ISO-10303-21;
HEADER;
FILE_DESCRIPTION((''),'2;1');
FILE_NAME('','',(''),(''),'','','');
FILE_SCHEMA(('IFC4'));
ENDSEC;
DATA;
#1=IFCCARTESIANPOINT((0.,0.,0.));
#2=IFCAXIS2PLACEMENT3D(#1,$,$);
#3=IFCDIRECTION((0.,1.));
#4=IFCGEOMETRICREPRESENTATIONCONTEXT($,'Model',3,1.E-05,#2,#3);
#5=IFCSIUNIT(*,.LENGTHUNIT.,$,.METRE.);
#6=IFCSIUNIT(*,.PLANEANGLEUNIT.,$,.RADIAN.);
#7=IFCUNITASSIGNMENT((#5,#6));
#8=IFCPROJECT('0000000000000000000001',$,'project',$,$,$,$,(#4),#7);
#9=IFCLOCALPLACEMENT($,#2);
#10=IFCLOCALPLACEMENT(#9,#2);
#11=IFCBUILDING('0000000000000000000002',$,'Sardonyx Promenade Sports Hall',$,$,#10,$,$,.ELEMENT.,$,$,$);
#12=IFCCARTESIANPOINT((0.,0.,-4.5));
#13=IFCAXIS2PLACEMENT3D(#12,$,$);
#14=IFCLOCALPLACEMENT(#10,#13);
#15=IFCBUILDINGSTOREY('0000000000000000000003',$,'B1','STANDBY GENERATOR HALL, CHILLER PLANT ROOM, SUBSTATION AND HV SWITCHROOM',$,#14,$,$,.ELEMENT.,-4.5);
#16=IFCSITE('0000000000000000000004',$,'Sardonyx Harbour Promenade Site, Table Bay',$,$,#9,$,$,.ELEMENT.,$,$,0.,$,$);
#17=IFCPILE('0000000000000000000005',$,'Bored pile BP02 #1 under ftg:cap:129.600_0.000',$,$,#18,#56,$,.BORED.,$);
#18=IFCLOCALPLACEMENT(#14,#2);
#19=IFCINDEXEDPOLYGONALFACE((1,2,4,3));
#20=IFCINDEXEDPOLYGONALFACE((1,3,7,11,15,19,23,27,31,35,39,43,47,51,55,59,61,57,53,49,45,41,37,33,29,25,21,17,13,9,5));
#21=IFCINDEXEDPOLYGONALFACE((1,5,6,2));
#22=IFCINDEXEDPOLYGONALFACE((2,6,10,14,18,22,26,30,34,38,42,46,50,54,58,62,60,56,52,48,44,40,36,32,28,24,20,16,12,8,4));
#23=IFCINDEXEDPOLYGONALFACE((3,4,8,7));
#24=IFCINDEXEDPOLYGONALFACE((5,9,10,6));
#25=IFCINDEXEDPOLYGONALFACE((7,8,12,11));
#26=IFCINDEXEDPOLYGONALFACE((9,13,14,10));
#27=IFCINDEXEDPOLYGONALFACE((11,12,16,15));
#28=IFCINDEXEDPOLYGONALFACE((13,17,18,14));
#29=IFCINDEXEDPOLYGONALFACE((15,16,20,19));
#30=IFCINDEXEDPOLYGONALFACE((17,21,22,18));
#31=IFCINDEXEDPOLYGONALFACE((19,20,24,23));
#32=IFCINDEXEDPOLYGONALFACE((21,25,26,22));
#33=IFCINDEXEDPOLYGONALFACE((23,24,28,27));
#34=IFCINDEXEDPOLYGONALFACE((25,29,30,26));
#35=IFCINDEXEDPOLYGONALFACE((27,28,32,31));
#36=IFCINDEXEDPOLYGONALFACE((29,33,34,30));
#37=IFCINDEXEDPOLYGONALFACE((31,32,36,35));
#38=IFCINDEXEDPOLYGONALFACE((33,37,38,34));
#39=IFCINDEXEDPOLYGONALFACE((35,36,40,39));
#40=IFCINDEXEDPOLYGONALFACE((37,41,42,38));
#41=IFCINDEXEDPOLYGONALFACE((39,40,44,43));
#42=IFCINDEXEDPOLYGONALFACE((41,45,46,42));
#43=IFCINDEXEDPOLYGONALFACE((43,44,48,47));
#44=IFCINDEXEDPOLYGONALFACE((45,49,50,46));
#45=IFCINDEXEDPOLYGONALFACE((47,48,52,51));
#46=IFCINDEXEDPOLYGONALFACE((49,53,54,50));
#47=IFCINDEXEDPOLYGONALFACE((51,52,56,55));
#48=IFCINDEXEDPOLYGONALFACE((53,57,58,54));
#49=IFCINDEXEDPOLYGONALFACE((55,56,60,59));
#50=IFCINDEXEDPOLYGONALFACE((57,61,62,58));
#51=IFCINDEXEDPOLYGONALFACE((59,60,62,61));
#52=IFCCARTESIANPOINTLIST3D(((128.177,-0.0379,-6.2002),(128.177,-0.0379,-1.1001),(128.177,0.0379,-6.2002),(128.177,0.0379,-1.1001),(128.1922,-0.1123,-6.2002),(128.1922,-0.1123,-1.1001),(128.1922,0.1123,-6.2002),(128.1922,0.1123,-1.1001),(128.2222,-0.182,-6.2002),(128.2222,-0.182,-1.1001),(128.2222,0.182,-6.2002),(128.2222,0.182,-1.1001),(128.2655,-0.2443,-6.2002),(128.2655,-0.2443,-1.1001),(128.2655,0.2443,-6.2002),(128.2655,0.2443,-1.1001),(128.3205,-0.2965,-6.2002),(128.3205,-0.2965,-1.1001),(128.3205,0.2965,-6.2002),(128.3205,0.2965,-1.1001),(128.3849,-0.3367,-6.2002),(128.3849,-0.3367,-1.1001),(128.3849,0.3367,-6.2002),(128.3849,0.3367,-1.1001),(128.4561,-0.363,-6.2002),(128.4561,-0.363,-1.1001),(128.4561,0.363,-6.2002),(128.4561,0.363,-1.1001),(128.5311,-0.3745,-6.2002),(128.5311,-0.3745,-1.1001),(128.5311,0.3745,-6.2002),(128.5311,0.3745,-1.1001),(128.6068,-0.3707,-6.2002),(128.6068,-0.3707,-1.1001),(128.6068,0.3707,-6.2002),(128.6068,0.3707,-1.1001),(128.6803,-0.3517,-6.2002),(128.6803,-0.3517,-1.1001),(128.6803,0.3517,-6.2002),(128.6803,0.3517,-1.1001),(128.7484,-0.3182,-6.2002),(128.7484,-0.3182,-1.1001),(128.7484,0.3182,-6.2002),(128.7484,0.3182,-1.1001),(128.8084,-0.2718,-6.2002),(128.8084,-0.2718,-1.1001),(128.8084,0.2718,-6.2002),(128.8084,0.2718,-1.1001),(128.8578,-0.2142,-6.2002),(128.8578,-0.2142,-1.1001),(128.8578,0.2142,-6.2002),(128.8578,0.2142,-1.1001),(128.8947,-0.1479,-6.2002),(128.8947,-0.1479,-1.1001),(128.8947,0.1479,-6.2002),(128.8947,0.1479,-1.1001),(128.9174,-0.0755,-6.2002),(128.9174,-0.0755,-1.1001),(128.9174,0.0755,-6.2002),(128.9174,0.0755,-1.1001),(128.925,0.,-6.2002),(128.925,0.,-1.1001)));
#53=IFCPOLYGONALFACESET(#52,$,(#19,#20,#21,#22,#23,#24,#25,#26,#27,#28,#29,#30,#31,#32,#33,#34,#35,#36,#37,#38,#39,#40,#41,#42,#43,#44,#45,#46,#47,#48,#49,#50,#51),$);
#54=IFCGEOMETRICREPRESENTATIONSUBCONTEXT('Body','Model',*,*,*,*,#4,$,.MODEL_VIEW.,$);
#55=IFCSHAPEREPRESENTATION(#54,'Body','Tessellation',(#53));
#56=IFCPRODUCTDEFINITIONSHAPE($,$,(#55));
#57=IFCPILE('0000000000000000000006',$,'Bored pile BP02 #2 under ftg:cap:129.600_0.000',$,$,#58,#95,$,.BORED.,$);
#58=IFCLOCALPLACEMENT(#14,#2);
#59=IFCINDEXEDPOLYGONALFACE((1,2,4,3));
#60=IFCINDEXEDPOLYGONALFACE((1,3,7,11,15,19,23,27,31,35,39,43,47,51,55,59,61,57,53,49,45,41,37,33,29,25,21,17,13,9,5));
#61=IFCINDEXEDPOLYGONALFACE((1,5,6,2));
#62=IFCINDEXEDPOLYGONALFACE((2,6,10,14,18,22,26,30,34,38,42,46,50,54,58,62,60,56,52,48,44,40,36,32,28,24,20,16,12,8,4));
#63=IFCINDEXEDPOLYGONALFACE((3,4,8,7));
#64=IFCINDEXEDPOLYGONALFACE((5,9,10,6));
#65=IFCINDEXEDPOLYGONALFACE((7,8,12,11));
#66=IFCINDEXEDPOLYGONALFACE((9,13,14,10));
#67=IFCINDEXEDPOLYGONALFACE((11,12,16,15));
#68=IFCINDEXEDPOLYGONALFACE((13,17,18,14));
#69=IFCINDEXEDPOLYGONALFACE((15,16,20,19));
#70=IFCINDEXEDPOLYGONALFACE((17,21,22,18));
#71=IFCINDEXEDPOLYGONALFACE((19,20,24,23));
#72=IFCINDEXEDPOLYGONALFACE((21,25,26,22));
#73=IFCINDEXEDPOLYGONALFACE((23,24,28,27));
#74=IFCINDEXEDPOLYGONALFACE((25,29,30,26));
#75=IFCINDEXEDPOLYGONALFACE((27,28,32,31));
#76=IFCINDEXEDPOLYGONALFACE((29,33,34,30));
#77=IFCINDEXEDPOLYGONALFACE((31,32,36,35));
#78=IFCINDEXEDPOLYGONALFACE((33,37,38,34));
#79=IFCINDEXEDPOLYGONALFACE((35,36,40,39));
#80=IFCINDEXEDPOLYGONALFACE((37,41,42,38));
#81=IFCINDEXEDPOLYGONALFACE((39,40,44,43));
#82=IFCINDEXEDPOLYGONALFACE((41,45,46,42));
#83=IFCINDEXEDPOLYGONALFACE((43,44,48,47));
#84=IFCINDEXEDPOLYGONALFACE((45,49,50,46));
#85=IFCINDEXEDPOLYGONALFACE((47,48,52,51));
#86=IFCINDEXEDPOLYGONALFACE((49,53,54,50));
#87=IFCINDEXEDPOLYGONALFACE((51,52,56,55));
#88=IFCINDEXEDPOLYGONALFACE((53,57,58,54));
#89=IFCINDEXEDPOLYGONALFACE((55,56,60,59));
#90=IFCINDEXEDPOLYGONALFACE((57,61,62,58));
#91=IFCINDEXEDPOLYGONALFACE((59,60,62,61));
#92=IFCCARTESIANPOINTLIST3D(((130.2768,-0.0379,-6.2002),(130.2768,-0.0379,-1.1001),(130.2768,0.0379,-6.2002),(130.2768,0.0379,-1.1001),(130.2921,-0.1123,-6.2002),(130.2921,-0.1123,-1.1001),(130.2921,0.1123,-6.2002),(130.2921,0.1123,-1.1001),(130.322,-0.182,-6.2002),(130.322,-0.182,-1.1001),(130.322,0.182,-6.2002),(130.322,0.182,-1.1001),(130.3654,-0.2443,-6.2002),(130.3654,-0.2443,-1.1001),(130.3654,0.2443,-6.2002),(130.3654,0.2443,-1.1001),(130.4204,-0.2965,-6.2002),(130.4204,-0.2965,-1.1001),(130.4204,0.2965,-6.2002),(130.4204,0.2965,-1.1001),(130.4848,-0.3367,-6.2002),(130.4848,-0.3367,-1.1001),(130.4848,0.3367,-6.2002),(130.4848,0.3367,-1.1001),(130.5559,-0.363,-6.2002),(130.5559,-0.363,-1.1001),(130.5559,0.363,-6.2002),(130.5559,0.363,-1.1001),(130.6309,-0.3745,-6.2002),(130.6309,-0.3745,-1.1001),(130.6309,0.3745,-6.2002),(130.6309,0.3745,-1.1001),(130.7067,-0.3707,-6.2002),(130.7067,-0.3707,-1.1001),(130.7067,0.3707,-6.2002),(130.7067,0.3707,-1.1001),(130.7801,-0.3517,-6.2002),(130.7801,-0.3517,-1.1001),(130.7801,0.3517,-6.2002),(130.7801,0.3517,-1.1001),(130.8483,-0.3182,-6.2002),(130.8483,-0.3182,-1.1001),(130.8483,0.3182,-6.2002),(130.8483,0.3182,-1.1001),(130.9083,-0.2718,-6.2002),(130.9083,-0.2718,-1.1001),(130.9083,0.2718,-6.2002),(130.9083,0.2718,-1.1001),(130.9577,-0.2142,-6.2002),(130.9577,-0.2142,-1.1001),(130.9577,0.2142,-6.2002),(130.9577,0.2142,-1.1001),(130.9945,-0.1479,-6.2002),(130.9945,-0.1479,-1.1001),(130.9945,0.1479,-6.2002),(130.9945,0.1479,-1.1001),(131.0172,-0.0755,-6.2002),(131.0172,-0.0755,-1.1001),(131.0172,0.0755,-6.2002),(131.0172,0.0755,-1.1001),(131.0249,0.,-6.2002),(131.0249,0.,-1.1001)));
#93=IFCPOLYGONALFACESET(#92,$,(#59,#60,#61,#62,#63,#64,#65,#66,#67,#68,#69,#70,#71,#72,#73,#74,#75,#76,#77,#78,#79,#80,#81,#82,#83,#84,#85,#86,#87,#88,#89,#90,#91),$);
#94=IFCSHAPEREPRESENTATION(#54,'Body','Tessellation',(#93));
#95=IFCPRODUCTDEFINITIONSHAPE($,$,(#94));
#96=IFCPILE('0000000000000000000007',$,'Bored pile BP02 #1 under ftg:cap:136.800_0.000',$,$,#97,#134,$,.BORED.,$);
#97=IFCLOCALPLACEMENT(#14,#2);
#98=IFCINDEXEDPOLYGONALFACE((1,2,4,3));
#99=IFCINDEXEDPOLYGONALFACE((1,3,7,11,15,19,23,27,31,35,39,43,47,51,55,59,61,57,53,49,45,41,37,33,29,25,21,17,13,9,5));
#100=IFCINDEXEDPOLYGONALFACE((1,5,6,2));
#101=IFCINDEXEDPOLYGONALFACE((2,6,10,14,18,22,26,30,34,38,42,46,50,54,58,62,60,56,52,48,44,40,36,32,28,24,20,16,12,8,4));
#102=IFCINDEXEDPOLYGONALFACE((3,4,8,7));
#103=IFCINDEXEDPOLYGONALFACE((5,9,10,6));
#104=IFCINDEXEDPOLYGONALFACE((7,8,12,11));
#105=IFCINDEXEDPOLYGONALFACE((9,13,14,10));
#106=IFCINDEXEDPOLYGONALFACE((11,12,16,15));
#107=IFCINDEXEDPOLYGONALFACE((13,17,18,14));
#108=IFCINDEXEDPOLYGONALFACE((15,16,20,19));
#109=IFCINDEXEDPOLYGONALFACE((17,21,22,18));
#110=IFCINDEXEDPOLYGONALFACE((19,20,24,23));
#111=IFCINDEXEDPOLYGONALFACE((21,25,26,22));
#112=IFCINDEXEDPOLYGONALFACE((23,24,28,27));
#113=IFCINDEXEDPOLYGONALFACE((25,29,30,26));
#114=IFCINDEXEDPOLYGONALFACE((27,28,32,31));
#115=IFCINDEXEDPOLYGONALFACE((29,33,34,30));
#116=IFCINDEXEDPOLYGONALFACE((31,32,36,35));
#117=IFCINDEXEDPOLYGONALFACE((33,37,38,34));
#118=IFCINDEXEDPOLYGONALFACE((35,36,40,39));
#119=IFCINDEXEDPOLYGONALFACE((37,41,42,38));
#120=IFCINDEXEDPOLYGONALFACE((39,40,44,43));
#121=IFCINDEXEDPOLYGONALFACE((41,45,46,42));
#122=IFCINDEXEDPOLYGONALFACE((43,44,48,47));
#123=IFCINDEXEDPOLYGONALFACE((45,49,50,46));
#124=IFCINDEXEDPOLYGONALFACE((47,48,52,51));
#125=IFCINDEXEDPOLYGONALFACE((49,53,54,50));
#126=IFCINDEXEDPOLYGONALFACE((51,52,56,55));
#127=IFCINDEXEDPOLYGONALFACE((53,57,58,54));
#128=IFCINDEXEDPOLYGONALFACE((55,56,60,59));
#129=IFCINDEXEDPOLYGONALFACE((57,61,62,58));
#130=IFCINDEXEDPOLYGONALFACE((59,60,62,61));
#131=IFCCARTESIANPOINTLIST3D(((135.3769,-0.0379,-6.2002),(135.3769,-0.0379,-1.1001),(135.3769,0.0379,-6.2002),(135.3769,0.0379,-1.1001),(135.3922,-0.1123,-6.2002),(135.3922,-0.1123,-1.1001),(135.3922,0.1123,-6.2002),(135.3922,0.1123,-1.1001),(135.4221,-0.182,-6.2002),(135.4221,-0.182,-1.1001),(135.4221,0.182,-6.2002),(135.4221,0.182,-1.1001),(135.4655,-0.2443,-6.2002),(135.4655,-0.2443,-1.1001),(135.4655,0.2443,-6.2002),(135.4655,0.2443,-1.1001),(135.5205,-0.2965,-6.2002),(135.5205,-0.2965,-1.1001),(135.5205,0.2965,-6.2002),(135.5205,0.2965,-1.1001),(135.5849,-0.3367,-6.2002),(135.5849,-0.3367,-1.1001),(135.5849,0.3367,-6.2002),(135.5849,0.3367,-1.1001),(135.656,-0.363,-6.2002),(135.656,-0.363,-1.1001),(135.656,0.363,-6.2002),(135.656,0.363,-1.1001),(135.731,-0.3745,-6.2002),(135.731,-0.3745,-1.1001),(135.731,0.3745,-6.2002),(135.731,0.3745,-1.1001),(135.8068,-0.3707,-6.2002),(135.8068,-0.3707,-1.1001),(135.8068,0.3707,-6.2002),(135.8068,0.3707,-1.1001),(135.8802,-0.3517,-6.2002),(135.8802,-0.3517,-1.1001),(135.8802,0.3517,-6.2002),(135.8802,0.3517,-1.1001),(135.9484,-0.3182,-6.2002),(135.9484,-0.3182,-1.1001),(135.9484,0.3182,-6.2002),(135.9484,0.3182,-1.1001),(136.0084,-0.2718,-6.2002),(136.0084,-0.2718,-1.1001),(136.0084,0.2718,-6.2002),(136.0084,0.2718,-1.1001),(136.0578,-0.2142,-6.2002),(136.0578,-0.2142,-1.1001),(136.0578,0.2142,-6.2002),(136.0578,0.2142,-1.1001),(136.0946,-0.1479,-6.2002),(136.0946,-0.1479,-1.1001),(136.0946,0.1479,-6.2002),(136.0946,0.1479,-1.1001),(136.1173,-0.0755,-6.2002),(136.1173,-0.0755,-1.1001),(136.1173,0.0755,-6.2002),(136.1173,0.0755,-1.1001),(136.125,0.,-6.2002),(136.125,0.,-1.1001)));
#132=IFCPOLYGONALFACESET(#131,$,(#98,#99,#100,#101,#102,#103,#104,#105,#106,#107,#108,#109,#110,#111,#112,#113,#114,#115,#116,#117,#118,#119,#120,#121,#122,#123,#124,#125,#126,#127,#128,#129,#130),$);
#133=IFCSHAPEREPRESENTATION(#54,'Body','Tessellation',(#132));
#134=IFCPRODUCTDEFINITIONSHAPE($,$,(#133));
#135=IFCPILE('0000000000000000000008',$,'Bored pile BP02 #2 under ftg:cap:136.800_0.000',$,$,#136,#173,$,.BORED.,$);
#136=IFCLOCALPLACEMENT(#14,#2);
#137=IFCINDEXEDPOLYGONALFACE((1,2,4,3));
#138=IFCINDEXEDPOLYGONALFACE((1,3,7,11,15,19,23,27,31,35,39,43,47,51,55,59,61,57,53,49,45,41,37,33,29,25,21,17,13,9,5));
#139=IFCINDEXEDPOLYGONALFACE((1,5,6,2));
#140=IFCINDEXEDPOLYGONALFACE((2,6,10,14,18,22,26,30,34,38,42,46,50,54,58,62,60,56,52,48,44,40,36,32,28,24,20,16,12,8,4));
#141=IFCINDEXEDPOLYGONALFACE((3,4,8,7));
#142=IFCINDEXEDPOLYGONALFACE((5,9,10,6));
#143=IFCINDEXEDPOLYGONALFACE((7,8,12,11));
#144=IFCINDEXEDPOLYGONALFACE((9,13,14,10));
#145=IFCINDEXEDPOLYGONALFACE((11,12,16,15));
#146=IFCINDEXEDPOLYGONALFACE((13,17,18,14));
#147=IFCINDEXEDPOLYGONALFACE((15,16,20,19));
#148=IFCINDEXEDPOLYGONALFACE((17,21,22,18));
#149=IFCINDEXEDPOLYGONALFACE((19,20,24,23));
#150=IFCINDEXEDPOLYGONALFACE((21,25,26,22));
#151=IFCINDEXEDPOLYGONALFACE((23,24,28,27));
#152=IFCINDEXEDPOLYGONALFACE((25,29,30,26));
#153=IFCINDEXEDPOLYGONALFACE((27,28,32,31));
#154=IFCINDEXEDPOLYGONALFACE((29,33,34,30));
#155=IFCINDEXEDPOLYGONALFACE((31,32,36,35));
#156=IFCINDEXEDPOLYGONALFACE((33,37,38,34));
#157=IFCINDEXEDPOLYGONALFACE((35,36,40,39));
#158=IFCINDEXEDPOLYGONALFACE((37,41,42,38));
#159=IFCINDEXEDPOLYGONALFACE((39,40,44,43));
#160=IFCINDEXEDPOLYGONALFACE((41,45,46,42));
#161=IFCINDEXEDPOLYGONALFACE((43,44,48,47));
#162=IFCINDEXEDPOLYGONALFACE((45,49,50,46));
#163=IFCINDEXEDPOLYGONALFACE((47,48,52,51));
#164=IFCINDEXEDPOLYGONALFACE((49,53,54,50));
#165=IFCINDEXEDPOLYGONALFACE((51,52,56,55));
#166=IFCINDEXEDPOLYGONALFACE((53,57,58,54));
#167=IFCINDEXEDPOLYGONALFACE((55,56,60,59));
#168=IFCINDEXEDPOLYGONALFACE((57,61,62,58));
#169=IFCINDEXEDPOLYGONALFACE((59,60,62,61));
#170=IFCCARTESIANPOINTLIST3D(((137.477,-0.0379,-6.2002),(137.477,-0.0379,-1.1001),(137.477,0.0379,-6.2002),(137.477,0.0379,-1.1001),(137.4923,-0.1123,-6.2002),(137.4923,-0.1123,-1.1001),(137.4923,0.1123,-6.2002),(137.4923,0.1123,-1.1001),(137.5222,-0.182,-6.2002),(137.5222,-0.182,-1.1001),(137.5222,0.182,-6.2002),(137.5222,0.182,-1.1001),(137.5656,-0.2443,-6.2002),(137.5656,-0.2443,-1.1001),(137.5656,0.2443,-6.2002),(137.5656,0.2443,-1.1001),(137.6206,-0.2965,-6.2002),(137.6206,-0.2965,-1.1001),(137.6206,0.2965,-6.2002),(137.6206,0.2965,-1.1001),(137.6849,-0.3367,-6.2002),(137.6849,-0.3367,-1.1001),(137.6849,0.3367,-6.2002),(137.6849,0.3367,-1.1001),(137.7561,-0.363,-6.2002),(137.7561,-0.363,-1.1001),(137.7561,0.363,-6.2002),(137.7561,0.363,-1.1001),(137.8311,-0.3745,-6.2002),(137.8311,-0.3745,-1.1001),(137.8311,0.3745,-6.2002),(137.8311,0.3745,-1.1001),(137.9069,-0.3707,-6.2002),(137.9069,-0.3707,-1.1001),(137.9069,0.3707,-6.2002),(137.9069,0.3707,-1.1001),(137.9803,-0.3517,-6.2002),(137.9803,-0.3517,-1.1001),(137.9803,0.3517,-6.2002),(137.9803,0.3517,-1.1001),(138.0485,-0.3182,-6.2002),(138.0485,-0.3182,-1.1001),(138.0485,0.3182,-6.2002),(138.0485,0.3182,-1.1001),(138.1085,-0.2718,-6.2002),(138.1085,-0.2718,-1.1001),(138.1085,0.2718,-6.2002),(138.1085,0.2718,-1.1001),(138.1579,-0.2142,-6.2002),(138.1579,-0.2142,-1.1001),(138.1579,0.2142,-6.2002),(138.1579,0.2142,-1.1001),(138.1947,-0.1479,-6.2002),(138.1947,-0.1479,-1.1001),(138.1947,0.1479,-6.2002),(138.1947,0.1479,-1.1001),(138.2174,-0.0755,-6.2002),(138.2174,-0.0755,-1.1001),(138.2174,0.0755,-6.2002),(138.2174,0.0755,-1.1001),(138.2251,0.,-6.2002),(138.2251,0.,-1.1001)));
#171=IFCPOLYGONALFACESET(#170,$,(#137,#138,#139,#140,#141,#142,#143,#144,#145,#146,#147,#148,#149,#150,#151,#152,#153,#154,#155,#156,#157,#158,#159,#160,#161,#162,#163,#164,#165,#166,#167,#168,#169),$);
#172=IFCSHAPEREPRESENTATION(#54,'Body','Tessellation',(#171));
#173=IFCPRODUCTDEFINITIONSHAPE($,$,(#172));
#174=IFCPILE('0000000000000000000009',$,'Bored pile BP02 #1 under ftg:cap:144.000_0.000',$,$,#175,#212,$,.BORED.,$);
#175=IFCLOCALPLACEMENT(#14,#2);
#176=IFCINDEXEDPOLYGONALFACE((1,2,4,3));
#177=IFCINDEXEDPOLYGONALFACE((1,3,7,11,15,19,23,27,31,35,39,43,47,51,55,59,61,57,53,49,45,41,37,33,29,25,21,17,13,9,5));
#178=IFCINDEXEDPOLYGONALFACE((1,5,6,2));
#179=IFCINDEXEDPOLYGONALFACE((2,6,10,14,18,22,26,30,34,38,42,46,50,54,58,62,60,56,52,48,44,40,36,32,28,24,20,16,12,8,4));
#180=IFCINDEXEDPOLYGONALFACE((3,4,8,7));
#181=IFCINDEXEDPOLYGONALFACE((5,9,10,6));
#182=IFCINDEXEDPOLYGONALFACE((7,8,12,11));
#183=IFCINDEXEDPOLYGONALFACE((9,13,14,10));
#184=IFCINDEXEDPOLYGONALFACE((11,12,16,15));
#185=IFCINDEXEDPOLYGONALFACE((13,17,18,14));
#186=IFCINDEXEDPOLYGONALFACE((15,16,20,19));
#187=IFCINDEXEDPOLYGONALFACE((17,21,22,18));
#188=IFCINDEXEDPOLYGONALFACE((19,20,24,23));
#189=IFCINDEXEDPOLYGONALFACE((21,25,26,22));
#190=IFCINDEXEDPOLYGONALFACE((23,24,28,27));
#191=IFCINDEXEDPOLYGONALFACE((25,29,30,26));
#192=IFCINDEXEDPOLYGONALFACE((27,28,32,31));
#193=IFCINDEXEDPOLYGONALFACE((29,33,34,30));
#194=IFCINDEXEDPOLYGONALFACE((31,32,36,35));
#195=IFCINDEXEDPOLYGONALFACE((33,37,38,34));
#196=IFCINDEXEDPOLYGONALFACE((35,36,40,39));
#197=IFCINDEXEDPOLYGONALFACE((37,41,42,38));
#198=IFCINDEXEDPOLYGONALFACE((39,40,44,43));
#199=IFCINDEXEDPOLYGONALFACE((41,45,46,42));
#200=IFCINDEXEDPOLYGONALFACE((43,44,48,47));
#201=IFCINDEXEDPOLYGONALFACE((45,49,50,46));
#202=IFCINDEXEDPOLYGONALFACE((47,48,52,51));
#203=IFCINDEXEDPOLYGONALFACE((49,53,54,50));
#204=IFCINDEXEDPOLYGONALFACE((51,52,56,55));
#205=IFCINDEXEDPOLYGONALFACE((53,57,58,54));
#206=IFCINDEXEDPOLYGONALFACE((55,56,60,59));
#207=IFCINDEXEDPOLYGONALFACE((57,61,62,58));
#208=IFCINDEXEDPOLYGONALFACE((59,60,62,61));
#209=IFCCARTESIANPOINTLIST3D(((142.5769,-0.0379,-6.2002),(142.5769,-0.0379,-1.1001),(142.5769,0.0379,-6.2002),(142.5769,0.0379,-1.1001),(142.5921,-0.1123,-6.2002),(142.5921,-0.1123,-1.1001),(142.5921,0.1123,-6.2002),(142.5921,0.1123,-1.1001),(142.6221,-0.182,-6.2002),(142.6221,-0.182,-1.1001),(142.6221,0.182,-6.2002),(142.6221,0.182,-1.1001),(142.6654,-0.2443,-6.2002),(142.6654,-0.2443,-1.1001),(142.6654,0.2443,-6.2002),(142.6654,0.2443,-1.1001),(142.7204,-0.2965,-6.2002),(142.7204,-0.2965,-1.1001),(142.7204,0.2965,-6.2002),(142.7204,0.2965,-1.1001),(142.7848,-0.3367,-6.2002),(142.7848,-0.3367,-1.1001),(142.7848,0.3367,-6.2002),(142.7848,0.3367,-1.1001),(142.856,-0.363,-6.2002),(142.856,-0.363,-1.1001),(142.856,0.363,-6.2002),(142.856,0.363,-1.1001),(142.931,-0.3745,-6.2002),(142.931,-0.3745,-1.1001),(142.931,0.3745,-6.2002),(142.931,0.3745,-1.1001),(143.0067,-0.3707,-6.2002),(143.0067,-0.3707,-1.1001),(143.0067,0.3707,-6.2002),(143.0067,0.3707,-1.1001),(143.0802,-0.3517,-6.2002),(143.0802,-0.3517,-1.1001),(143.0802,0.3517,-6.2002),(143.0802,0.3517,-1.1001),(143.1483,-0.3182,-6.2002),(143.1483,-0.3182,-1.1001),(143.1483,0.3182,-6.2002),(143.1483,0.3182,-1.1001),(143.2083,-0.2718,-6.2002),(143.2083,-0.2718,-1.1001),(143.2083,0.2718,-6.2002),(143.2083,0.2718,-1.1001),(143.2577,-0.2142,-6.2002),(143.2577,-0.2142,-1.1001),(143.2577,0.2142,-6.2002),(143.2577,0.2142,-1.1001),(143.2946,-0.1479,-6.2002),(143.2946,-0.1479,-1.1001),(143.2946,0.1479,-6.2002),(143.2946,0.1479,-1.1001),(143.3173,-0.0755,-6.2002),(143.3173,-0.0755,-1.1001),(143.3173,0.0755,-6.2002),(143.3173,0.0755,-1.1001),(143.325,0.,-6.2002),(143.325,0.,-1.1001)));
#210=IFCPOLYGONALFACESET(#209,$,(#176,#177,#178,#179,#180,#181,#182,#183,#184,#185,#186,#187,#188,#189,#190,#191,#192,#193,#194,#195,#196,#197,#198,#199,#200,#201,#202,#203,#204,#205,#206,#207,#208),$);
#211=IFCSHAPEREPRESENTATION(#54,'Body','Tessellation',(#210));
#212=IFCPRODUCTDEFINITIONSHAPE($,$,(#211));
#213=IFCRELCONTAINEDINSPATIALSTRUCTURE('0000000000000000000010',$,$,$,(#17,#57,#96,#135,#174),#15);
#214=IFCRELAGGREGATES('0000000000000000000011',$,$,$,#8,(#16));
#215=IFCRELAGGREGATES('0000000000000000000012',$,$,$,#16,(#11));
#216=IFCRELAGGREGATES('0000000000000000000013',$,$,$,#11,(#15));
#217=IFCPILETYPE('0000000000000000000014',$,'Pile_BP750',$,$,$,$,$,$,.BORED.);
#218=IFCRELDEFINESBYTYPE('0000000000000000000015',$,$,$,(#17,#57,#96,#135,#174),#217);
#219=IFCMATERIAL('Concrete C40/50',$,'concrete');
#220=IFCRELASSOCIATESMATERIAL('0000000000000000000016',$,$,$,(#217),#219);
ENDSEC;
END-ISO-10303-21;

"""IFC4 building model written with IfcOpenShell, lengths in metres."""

from ifc_helpers import new_model, si_unit, direction, frame, origin, origin_2d, place, context, subcontext, project, spatial, circle, extrude, material, material_profile, profile_set, type_object, element, save


model = new_model("IFC4")

# Units and contexts
model_context = context("Model", 3, precision=1e-05, world=origin(), true_north=direction((0.0, 1.0)))
body_context = subcontext(model_context, "Body", "Model", "MODEL_VIEW")
ifc_project = project(units=[si_unit("LENGTHUNIT", "METRE"), si_unit("PLANEANGLEUNIT", "RADIAN")], contexts=[model_context])

# Site, building, storey
site_placement = place(None, origin())
site = spatial("IfcSite", under=ifc_project, at=site_placement, Name="Sardonyx Harbour Promenade Site, Table Bay", CompositionType="ELEMENT", RefElevation=0.0)
building_placement = place(site_placement, origin())
building = spatial("IfcBuilding", under=site, at=building_placement, Name="Sardonyx Promenade Sports Hall", CompositionType="ELEMENT")
storey_placement = place(building_placement, frame((0.0, 0.0, -4.5)))
storey = spatial("IfcBuildingStorey", under=building, at=storey_placement, Name="B1", Description="STANDBY GENERATOR HALL, CHILLER PLANT ROOM, SUBSTATION AND HV SWITCHROOM", CompositionType="ELEMENT", Elevation=-4.5)

# Piles
ifc_material_1 = material(Name="Concrete C40/50", Category="concrete")
ifc_material_profile_1 = material_profile(ifc_material_1, circle(Radius=0.375, at=origin_2d()))
ifc_profile_set_1 = profile_set([ifc_material_profile_1], Name="Concrete C40/50")
pile_type = type_object("IfcPileType", Name="Pile_BP750", PredefinedType="BORED", material=ifc_profile_set_1)
for number, where, z_axis, x_axis, name in (
    (1, (128.55, 0.0, -1.1001), (0.0, 0.0, -1.0), (1.0, 0.0, 0.0), "Bored pile BP02 #1 under ftg:cap:129.600_0.000"),
    (2, (130.6499, 0.0, -1.1001), (0.0, 0.0, -1.0), (1.0, 0.0, 0.0), "Bored pile BP02 #2 under ftg:cap:129.600_0.000"),
    (3, (135.75, 0.0, -1.1001), (0.0, 0.0, -1.0), (1.0, 0.0, 0.0), "Bored pile BP02 #1 under ftg:cap:136.800_0.000"),
    (4, (137.8501, 0.0, -1.1001), (0.0, 0.0, -1.0), (1.0, 0.0, 0.0), "Bored pile BP02 #2 under ftg:cap:136.800_0.000"),
    (5, (142.95, 0.0, -1.1001), (0.0, 0.0, -1.0), (1.0, 0.0, 0.0), "Bored pile BP02 #1 under ftg:cap:144.000_0.000"),
):
    element("IfcPile", number, at=place(storey_placement, frame(where, z_axis=z_axis, x_axis=x_axis)), inside=storey, type_object=pile_type, Name=name, PredefinedType="BORED", context=body_context, shape_type="SweptSolid", body=[
        extrude(circle(Radius=0.375, at=origin_2d()), origin(), (0.0, 0.0, 1.0), 5.1001),
    ])

save(model, "model.ifc")
